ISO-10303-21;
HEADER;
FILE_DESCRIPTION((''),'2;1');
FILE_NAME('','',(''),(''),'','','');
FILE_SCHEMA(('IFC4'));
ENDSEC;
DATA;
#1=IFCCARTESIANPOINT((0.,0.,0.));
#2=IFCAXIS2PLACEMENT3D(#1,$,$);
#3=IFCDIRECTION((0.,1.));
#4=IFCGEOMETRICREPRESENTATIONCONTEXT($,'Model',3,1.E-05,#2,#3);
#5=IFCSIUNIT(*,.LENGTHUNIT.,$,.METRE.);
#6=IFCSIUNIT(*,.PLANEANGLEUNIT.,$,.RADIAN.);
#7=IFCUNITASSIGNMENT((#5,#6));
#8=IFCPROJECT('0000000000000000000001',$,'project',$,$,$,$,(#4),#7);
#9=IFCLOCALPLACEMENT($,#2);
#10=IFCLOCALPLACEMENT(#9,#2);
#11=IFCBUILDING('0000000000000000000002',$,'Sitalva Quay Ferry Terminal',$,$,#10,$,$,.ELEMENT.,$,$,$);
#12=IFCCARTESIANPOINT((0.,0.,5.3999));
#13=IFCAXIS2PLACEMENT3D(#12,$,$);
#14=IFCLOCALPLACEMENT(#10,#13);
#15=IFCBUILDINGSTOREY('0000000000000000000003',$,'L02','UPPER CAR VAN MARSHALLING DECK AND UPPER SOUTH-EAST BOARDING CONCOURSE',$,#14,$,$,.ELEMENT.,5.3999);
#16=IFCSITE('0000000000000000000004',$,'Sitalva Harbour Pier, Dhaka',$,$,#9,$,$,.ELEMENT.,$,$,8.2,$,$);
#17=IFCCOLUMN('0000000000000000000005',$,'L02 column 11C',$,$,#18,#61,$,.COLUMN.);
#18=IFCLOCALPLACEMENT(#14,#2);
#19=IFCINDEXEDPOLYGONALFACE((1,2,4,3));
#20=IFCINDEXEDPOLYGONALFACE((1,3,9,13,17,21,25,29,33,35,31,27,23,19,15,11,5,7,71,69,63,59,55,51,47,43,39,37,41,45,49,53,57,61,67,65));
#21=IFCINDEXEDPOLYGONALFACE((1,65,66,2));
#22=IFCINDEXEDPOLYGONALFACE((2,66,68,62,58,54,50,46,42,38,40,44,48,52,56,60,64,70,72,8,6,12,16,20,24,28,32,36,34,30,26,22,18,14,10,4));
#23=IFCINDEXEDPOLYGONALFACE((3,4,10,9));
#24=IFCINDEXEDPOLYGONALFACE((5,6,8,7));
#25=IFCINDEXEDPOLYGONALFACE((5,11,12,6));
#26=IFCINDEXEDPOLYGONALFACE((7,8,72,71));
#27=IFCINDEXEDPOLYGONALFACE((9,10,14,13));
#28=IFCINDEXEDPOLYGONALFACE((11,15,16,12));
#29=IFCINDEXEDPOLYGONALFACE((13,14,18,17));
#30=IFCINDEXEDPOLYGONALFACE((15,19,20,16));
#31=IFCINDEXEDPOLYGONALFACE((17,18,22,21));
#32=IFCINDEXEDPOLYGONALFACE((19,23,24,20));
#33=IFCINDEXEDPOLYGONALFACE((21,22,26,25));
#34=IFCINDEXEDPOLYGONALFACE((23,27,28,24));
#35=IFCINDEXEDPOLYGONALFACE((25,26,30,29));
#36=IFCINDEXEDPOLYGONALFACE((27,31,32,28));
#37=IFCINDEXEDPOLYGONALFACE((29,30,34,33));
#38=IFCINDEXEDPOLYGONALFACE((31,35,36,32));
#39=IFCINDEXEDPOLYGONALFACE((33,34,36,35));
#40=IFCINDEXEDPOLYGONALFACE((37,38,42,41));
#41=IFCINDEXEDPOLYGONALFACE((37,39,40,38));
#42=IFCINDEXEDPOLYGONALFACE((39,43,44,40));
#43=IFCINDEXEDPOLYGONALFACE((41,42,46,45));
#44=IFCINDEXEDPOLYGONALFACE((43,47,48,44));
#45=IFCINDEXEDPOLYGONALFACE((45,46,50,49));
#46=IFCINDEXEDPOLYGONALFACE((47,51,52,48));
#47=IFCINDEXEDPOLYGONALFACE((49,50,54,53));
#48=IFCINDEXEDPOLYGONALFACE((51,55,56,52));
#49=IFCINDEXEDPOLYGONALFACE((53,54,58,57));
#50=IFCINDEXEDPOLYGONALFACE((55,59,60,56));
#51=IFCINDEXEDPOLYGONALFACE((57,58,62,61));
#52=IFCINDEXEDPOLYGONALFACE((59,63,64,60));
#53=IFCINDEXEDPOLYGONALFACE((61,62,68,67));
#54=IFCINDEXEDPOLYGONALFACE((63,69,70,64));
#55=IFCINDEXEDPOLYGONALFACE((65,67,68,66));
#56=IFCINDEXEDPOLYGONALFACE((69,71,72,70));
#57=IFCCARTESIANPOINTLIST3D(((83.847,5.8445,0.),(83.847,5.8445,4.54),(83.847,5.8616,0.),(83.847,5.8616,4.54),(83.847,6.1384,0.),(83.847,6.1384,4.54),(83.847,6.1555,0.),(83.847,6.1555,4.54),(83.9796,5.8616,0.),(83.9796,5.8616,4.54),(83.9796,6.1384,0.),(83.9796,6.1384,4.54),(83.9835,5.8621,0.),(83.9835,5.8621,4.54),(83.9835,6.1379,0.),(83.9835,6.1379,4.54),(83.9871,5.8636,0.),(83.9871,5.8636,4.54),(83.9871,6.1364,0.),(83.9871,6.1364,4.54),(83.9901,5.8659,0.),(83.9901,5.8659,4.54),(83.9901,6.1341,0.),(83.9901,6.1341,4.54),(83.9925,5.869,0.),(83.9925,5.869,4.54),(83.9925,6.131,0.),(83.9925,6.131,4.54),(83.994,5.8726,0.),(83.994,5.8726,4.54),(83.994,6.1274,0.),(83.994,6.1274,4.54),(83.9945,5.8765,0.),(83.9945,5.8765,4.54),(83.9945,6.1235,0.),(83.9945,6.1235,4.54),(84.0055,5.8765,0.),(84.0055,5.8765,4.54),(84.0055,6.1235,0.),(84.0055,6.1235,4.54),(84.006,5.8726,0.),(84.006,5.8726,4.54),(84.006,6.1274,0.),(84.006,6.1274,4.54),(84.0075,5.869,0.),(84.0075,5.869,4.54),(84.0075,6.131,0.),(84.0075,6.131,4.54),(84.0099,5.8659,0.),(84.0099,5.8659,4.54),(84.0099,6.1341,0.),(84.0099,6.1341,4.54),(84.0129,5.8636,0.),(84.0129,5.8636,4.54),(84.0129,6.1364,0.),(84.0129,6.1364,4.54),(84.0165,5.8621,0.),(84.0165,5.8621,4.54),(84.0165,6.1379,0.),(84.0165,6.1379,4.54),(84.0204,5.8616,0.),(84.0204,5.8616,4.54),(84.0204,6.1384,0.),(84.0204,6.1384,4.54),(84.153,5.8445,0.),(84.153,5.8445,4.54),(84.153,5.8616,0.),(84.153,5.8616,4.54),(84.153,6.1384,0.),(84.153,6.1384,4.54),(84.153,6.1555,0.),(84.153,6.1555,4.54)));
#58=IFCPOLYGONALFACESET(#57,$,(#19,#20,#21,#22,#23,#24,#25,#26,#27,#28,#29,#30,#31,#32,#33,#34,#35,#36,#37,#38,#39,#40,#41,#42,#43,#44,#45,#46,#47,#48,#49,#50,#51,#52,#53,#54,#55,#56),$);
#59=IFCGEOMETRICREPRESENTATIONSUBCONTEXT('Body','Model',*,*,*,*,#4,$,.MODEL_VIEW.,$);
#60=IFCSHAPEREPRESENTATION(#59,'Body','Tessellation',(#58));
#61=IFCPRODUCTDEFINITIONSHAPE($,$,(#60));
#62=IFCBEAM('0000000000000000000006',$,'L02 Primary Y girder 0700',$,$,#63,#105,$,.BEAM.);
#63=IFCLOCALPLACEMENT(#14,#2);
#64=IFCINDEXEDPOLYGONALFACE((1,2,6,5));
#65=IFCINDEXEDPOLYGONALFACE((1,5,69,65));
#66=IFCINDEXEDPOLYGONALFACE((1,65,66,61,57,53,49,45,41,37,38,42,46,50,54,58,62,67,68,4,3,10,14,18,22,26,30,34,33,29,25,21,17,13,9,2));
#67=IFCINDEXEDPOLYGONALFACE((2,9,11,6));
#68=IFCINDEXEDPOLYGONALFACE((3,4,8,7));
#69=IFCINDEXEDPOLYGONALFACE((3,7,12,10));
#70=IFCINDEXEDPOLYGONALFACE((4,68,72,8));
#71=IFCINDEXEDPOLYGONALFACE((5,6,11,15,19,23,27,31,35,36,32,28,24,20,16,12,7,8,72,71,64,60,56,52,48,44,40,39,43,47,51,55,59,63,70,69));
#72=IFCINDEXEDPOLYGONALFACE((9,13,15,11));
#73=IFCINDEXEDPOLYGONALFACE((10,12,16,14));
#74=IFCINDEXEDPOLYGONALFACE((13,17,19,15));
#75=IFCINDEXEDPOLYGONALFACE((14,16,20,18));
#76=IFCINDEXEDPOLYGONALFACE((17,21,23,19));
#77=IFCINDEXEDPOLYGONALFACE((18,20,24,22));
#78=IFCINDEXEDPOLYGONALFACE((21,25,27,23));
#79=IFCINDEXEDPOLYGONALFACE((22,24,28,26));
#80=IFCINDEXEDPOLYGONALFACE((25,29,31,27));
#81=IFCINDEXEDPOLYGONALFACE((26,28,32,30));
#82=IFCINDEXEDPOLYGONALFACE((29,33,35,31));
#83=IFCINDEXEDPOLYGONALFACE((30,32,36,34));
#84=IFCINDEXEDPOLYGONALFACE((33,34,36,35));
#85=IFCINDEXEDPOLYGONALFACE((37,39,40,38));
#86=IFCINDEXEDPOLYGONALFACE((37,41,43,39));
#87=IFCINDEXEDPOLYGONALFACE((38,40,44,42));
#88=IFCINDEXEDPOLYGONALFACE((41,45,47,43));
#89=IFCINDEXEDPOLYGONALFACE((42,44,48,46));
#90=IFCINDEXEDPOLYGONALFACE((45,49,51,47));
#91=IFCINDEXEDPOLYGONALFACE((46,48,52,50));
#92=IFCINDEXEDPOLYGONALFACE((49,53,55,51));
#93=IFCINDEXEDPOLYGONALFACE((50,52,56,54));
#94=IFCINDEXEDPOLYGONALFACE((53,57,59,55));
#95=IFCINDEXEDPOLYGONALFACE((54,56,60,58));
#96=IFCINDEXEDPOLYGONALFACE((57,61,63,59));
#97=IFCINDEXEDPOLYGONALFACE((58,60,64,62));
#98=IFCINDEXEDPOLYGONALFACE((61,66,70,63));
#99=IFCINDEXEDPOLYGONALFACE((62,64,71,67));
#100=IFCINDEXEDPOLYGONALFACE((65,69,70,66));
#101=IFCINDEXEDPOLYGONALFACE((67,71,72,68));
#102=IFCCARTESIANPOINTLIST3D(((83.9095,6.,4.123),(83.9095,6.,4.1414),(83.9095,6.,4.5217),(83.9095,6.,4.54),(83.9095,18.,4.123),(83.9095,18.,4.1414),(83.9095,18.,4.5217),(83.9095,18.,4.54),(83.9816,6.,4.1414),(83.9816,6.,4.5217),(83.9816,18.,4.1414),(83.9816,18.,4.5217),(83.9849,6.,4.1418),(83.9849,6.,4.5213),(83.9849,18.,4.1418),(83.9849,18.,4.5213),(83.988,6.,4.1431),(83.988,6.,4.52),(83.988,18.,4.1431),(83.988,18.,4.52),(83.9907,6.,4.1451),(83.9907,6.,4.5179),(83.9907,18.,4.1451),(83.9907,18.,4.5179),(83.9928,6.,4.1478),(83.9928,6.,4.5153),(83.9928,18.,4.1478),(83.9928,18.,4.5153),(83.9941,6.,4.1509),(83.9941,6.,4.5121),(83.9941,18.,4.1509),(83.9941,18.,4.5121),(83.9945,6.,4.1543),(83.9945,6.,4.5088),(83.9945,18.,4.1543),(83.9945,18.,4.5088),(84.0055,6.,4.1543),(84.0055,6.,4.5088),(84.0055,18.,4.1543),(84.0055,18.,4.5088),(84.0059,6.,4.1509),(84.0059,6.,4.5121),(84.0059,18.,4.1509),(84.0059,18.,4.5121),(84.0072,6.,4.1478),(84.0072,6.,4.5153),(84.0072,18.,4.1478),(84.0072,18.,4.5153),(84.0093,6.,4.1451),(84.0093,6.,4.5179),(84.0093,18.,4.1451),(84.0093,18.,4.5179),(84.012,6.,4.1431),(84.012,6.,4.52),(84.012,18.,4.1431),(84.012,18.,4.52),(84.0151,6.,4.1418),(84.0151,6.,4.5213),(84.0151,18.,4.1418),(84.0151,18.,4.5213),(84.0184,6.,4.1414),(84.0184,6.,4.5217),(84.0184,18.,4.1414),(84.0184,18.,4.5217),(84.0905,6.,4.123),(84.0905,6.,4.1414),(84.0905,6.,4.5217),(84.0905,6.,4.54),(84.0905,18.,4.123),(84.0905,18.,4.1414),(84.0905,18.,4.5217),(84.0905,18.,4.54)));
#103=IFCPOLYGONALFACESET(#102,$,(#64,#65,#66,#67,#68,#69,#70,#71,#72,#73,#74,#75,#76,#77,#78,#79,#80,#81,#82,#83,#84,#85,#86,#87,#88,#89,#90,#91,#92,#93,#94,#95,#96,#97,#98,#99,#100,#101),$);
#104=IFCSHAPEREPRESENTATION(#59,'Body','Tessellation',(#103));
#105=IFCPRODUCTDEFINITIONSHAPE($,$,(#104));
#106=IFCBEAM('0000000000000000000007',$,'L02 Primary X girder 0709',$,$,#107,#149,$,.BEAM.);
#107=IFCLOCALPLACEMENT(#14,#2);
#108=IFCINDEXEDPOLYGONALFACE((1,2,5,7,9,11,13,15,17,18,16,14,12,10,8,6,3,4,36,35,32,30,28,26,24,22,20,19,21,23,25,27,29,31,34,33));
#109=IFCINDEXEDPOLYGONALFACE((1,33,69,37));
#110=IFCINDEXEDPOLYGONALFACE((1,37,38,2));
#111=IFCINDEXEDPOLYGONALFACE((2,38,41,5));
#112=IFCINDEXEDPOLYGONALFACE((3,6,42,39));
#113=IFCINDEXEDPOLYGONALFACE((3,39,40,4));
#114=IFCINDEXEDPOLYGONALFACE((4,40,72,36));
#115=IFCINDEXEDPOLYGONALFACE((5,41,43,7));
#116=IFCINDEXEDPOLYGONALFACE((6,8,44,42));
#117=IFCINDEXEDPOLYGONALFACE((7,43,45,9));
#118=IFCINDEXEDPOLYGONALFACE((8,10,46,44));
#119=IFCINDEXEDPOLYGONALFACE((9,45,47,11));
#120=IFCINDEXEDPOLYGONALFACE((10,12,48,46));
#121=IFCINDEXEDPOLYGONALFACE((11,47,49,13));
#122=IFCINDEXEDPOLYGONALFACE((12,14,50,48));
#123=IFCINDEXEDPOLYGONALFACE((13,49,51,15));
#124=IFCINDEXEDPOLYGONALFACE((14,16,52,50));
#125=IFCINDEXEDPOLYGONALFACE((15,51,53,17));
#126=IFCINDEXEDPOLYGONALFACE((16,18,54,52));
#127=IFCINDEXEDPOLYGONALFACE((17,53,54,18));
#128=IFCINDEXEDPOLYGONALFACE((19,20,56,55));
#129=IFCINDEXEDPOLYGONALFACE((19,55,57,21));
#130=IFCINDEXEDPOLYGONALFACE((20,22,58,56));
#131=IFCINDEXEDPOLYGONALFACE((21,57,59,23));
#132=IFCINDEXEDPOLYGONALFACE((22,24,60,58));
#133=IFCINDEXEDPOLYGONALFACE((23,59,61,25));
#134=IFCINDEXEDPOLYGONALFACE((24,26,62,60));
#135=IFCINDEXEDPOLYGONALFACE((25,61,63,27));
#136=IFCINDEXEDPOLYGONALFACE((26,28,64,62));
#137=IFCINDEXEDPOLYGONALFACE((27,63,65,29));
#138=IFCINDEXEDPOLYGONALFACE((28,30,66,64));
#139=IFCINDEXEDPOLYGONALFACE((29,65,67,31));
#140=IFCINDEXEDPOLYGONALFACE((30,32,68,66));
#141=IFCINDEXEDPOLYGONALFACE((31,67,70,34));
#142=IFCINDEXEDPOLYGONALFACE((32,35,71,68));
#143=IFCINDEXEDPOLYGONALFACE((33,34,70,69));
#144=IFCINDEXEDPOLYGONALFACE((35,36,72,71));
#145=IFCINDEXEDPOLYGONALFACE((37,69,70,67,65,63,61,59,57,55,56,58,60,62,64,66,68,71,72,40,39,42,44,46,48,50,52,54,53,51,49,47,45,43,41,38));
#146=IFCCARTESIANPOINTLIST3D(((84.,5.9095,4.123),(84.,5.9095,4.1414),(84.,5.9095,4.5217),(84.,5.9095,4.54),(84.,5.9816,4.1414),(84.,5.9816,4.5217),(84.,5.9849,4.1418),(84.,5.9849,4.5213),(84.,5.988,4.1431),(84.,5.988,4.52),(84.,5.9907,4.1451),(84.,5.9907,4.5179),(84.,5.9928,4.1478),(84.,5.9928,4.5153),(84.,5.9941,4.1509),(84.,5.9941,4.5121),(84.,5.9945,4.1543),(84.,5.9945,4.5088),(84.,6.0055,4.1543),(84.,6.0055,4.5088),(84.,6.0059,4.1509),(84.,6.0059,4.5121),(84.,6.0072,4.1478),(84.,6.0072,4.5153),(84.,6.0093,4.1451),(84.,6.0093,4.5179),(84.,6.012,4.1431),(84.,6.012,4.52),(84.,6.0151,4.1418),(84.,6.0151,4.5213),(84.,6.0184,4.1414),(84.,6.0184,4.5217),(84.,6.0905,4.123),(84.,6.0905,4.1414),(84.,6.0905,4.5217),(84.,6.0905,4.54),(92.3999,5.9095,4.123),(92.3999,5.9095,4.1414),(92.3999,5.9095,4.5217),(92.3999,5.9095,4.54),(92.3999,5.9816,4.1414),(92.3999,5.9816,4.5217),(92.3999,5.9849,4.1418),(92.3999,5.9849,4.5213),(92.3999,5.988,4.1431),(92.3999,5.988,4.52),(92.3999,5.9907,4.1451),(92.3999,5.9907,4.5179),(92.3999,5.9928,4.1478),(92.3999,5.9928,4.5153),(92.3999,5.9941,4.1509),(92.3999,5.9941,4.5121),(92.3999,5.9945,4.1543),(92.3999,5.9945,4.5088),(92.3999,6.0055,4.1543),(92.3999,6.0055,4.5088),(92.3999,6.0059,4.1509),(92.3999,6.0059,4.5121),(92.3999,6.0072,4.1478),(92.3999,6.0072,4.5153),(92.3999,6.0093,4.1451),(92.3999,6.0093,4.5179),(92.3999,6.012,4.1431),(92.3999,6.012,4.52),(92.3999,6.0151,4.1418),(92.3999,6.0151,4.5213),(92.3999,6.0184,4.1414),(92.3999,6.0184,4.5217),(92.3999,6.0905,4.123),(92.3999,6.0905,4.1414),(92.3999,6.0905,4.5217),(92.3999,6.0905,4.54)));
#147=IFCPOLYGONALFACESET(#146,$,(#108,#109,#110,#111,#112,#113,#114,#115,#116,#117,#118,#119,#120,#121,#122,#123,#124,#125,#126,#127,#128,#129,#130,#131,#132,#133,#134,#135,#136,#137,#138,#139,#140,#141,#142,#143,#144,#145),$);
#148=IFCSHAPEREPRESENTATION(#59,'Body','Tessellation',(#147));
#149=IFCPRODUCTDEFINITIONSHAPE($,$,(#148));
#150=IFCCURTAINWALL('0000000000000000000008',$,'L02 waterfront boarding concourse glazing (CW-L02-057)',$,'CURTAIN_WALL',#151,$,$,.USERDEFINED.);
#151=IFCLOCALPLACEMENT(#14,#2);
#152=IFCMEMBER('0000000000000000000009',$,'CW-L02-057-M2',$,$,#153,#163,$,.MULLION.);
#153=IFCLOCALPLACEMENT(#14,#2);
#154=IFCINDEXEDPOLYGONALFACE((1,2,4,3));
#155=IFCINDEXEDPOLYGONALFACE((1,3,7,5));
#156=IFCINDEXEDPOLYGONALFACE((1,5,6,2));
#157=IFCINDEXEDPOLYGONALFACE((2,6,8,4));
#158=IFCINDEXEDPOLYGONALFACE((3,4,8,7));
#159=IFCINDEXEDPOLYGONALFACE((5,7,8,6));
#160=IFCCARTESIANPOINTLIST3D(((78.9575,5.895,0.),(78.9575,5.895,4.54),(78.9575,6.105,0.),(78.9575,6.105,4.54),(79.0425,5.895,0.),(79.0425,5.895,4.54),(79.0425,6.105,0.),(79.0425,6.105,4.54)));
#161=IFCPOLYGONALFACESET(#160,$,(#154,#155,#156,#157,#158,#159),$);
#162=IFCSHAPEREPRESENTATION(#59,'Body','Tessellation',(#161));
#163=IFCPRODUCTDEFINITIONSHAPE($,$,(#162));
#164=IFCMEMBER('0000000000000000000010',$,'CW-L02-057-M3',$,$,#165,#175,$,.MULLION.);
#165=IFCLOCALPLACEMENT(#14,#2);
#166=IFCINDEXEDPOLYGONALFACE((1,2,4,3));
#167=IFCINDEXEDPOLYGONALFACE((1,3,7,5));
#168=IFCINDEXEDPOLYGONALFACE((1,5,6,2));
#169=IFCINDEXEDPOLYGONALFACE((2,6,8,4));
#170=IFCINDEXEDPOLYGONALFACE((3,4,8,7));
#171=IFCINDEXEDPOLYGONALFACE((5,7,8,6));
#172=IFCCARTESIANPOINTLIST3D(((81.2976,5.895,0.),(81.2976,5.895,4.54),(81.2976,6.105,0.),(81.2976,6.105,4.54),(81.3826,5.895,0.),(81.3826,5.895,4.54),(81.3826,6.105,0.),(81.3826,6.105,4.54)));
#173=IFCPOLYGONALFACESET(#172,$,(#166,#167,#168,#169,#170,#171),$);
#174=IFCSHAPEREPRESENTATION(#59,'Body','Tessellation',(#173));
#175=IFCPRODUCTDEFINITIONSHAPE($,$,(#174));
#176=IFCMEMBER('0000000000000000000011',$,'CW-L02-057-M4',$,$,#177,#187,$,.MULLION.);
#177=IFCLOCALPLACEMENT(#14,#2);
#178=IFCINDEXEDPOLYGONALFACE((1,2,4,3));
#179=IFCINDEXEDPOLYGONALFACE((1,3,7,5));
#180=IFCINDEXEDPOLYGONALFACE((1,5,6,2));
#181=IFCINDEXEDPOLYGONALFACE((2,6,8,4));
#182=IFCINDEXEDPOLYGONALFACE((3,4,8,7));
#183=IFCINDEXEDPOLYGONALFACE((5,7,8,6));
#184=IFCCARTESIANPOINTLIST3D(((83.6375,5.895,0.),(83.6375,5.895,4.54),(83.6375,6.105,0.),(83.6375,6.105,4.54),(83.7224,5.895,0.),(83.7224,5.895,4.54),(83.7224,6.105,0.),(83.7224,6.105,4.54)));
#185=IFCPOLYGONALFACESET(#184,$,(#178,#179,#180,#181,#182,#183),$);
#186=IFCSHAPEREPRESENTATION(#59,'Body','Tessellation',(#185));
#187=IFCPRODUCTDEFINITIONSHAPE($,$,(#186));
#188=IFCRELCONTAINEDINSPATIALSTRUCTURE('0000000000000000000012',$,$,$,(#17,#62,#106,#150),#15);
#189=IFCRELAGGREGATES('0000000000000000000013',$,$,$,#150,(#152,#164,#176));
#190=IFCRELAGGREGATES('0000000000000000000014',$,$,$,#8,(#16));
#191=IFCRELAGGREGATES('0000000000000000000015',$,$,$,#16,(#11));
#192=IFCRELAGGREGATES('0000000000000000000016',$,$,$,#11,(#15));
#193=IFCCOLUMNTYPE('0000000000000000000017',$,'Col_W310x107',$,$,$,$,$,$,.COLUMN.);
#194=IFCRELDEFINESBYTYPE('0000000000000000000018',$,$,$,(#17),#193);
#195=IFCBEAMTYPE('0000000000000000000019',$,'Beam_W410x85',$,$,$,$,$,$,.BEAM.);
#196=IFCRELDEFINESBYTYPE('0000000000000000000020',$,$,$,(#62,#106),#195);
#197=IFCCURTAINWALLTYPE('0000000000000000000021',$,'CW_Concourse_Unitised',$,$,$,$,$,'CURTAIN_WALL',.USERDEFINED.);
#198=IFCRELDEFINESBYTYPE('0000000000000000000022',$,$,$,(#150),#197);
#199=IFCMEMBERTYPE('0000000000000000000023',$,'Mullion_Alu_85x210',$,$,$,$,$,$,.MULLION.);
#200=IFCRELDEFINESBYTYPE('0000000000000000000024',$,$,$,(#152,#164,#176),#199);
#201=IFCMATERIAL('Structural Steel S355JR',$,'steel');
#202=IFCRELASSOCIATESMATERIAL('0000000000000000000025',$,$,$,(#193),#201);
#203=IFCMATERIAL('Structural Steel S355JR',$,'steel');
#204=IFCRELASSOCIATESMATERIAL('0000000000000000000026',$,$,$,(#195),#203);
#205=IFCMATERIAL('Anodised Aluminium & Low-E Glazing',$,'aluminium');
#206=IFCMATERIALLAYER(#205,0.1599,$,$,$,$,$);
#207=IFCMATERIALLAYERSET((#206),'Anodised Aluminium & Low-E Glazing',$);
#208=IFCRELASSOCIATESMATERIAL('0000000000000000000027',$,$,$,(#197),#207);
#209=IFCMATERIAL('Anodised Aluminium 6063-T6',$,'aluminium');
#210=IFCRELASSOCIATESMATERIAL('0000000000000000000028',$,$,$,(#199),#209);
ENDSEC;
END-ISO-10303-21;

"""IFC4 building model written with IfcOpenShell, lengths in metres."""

from ifc_helpers import new_model, si_unit, direction, frame, origin, origin_2d, place, context, subcontext, project, spatial, rectangle, i_section, extrude, material, layer, layer_set, material_profile, profile_set, type_object, element, aggregate, save


model = new_model("IFC4")

# Units and contexts
model_context = context("Model", 3, precision=1e-05, world=origin(), true_north=direction((0.0, 1.0)))
body_context = subcontext(model_context, "Body", "Model", "MODEL_VIEW")
ifc_project = project(units=[si_unit("LENGTHUNIT", "METRE"), si_unit("PLANEANGLEUNIT", "RADIAN")], contexts=[model_context])

# Site, building, storey
site_placement = place(None, origin())
site = spatial("IfcSite", under=ifc_project, at=site_placement, Name="Sitalva Harbour Pier, Dhaka", CompositionType="ELEMENT", RefElevation=8.2)
building_placement = place(site_placement, origin())
building = spatial("IfcBuilding", under=site, at=building_placement, Name="Sitalva Quay Ferry Terminal", CompositionType="ELEMENT")
storey_placement = place(building_placement, frame((0.0, 0.0, 5.3999)))
storey = spatial("IfcBuildingStorey", under=building, at=storey_placement, Name="L02", Description="UPPER CAR VAN MARSHALLING DECK AND UPPER SOUTH-EAST BOARDING CONCOURSE", CompositionType="ELEMENT", Elevation=5.3999)

# Column
ifc_material_1 = material(Name="Structural Steel S355JR", Category="steel")
ifc_material_profile_1 = material_profile(ifc_material_1, i_section(OverallWidth=0.3059, OverallDepth=0.311, WebThickness=0.011, FlangeThickness=0.0171, FilletRadius=0.0149, at=origin_2d()), Name="W310x107")
ifc_profile_set_1 = profile_set([ifc_material_profile_1], Name="Structural Steel S355JR")
column_type = type_object("IfcColumnType", Name="Col_W310x107", PredefinedType="COLUMN", material=ifc_profile_set_1)
column_placement = place(storey_placement, frame((84.0, 6.0, 0.0), z_axis=(0.0, 0.0, 1.0), x_axis=(1.0, 0.0, 0.0)))
element("IfcColumn", 1, at=column_placement, inside=storey, type_object=column_type, Name="L02 column 11C", PredefinedType="COLUMN", context=body_context, shape_type="SweptSolid", body=[
    extrude(i_section(OverallWidth=0.3059, OverallDepth=0.311, WebThickness=0.011, FlangeThickness=0.0171, FilletRadius=0.0149, at=origin_2d()), origin(), (0.0, 0.0, 1.0), 4.54),
])

# Beams
ifc_material_2 = material(Name="Structural Steel S355JR", Category="steel")
ifc_material_profile_2 = material_profile(ifc_material_2, i_section(OverallWidth=0.1809, OverallDepth=0.417, WebThickness=0.011, FlangeThickness=0.0183, FilletRadius=0.0129, at=origin_2d()), Name="W410x85")
ifc_profile_set_2 = profile_set([ifc_material_profile_2], Name="Structural Steel S355JR")
beam_type = type_object("IfcBeamType", Name="Beam_W410x85", PredefinedType="BEAM", material=ifc_profile_set_2)
beam_1_placement = place(storey_placement, frame((84.0, 6.0, 4.3315), z_axis=(0.0, 1.0, 0.0), x_axis=(-1.0, 0.0, 0.0)))
element("IfcBeam", 2, at=beam_1_placement, inside=storey, type_object=beam_type, Name="L02 Primary Y girder 0700", PredefinedType="BEAM", context=body_context, shape_type="SweptSolid", body=[
    extrude(i_section(OverallWidth=0.1809, OverallDepth=0.417, WebThickness=0.011, FlangeThickness=0.0183, FilletRadius=0.0129, at=origin_2d()), origin(), (0.0, 0.0, 1.0), 12.0),
])
beam_2_placement = place(storey_placement, frame((84.0, 6.0, 4.3315), z_axis=(1.0, 0.0, 0.0), x_axis=(0.0, 1.0, 0.0)))
element("IfcBeam", 3, at=beam_2_placement, inside=storey, type_object=beam_type, Name="L02 Primary X girder 0709", PredefinedType="BEAM", context=body_context, shape_type="SweptSolid", body=[
    extrude(i_section(OverallWidth=0.1809, OverallDepth=0.417, WebThickness=0.011, FlangeThickness=0.0183, FilletRadius=0.0129, at=origin_2d()), origin(), (0.0, 0.0, 1.0), 8.3999),
])

# Curtain wall, members
ifc_material_3 = material(Name="Anodised Aluminium & Low-E Glazing", Category="aluminium")
ifc_layer_1 = layer(ifc_material_3, 0.1599)
ifc_layer_set_1 = layer_set([ifc_layer_1], Name="Anodised Aluminium & Low-E Glazing")
curtain_wall_type = type_object("IfcCurtainWallType", Name="CW_Concourse_Unitised", ElementType="CURTAIN_WALL", PredefinedType="USERDEFINED", material=ifc_layer_set_1)
curtain_wall_placement = place(storey_placement, origin())
curtain_wall = element("IfcCurtainWall", 4, at=curtain_wall_placement, inside=storey, type_object=curtain_wall_type, Name="L02 waterfront boarding concourse glazing (CW-L02-057)", ObjectType="CURTAIN_WALL", PredefinedType="USERDEFINED")
ifc_material_4 = material(Name="Anodised Aluminium 6063-T6", Category="aluminium")
ifc_material_profile_3 = material_profile(ifc_material_4, rectangle(XDim=0.085, YDim=0.21, at=origin_2d()), Name="ALU85x210")
ifc_profile_set_3 = profile_set([ifc_material_profile_3], Name="Anodised Aluminium 6063-T6")
member_type_1 = type_object("IfcMemberType", Name="Mullion_Alu_85x210", PredefinedType="MULLION", material=ifc_profile_set_3)
member_1_placement = place(storey_placement, frame((79.0, 6.0, 0.0), z_axis=(0.0, 0.0, 1.0), x_axis=(1.0, 0.0, 0.0)))
member_1 = element("IfcMember", 5, at=member_1_placement, type_object=member_type_1, Name="CW-L02-057-M2", PredefinedType="MULLION", context=body_context, shape_type="SweptSolid", body=[
    extrude(rectangle(XDim=0.085, YDim=0.21, at=origin_2d()), origin(), (0.0, 0.0, 1.0), 4.54),
])
member_2_placement = place(storey_placement, frame((81.3401, 6.0, 0.0), z_axis=(0.0, 0.0, 1.0), x_axis=(1.0, 0.0, 0.0)))
member_2 = element("IfcMember", 6, at=member_2_placement, type_object=member_type_1, Name="CW-L02-057-M3", PredefinedType="MULLION", context=body_context, shape_type="SweptSolid", body=[
    extrude(rectangle(XDim=0.085, YDim=0.21, at=origin_2d()), origin(), (0.0, 0.0, 1.0), 4.54),
])
member_3_placement = place(storey_placement, frame((83.6799, 6.0, 0.0), z_axis=(0.0, 0.0, 1.0), x_axis=(1.0, 0.0, 0.0)))
member_3 = element("IfcMember", 7, at=member_3_placement, type_object=member_type_1, Name="CW-L02-057-M4", PredefinedType="MULLION", context=body_context, shape_type="SweptSolid", body=[
    extrude(rectangle(XDim=0.085, YDim=0.21, at=origin_2d()), origin(), (0.0, 0.0, 1.0), 4.54),
])
aggregate(curtain_wall, [member_1, member_2, member_3])

save(model, "model.ifc")
